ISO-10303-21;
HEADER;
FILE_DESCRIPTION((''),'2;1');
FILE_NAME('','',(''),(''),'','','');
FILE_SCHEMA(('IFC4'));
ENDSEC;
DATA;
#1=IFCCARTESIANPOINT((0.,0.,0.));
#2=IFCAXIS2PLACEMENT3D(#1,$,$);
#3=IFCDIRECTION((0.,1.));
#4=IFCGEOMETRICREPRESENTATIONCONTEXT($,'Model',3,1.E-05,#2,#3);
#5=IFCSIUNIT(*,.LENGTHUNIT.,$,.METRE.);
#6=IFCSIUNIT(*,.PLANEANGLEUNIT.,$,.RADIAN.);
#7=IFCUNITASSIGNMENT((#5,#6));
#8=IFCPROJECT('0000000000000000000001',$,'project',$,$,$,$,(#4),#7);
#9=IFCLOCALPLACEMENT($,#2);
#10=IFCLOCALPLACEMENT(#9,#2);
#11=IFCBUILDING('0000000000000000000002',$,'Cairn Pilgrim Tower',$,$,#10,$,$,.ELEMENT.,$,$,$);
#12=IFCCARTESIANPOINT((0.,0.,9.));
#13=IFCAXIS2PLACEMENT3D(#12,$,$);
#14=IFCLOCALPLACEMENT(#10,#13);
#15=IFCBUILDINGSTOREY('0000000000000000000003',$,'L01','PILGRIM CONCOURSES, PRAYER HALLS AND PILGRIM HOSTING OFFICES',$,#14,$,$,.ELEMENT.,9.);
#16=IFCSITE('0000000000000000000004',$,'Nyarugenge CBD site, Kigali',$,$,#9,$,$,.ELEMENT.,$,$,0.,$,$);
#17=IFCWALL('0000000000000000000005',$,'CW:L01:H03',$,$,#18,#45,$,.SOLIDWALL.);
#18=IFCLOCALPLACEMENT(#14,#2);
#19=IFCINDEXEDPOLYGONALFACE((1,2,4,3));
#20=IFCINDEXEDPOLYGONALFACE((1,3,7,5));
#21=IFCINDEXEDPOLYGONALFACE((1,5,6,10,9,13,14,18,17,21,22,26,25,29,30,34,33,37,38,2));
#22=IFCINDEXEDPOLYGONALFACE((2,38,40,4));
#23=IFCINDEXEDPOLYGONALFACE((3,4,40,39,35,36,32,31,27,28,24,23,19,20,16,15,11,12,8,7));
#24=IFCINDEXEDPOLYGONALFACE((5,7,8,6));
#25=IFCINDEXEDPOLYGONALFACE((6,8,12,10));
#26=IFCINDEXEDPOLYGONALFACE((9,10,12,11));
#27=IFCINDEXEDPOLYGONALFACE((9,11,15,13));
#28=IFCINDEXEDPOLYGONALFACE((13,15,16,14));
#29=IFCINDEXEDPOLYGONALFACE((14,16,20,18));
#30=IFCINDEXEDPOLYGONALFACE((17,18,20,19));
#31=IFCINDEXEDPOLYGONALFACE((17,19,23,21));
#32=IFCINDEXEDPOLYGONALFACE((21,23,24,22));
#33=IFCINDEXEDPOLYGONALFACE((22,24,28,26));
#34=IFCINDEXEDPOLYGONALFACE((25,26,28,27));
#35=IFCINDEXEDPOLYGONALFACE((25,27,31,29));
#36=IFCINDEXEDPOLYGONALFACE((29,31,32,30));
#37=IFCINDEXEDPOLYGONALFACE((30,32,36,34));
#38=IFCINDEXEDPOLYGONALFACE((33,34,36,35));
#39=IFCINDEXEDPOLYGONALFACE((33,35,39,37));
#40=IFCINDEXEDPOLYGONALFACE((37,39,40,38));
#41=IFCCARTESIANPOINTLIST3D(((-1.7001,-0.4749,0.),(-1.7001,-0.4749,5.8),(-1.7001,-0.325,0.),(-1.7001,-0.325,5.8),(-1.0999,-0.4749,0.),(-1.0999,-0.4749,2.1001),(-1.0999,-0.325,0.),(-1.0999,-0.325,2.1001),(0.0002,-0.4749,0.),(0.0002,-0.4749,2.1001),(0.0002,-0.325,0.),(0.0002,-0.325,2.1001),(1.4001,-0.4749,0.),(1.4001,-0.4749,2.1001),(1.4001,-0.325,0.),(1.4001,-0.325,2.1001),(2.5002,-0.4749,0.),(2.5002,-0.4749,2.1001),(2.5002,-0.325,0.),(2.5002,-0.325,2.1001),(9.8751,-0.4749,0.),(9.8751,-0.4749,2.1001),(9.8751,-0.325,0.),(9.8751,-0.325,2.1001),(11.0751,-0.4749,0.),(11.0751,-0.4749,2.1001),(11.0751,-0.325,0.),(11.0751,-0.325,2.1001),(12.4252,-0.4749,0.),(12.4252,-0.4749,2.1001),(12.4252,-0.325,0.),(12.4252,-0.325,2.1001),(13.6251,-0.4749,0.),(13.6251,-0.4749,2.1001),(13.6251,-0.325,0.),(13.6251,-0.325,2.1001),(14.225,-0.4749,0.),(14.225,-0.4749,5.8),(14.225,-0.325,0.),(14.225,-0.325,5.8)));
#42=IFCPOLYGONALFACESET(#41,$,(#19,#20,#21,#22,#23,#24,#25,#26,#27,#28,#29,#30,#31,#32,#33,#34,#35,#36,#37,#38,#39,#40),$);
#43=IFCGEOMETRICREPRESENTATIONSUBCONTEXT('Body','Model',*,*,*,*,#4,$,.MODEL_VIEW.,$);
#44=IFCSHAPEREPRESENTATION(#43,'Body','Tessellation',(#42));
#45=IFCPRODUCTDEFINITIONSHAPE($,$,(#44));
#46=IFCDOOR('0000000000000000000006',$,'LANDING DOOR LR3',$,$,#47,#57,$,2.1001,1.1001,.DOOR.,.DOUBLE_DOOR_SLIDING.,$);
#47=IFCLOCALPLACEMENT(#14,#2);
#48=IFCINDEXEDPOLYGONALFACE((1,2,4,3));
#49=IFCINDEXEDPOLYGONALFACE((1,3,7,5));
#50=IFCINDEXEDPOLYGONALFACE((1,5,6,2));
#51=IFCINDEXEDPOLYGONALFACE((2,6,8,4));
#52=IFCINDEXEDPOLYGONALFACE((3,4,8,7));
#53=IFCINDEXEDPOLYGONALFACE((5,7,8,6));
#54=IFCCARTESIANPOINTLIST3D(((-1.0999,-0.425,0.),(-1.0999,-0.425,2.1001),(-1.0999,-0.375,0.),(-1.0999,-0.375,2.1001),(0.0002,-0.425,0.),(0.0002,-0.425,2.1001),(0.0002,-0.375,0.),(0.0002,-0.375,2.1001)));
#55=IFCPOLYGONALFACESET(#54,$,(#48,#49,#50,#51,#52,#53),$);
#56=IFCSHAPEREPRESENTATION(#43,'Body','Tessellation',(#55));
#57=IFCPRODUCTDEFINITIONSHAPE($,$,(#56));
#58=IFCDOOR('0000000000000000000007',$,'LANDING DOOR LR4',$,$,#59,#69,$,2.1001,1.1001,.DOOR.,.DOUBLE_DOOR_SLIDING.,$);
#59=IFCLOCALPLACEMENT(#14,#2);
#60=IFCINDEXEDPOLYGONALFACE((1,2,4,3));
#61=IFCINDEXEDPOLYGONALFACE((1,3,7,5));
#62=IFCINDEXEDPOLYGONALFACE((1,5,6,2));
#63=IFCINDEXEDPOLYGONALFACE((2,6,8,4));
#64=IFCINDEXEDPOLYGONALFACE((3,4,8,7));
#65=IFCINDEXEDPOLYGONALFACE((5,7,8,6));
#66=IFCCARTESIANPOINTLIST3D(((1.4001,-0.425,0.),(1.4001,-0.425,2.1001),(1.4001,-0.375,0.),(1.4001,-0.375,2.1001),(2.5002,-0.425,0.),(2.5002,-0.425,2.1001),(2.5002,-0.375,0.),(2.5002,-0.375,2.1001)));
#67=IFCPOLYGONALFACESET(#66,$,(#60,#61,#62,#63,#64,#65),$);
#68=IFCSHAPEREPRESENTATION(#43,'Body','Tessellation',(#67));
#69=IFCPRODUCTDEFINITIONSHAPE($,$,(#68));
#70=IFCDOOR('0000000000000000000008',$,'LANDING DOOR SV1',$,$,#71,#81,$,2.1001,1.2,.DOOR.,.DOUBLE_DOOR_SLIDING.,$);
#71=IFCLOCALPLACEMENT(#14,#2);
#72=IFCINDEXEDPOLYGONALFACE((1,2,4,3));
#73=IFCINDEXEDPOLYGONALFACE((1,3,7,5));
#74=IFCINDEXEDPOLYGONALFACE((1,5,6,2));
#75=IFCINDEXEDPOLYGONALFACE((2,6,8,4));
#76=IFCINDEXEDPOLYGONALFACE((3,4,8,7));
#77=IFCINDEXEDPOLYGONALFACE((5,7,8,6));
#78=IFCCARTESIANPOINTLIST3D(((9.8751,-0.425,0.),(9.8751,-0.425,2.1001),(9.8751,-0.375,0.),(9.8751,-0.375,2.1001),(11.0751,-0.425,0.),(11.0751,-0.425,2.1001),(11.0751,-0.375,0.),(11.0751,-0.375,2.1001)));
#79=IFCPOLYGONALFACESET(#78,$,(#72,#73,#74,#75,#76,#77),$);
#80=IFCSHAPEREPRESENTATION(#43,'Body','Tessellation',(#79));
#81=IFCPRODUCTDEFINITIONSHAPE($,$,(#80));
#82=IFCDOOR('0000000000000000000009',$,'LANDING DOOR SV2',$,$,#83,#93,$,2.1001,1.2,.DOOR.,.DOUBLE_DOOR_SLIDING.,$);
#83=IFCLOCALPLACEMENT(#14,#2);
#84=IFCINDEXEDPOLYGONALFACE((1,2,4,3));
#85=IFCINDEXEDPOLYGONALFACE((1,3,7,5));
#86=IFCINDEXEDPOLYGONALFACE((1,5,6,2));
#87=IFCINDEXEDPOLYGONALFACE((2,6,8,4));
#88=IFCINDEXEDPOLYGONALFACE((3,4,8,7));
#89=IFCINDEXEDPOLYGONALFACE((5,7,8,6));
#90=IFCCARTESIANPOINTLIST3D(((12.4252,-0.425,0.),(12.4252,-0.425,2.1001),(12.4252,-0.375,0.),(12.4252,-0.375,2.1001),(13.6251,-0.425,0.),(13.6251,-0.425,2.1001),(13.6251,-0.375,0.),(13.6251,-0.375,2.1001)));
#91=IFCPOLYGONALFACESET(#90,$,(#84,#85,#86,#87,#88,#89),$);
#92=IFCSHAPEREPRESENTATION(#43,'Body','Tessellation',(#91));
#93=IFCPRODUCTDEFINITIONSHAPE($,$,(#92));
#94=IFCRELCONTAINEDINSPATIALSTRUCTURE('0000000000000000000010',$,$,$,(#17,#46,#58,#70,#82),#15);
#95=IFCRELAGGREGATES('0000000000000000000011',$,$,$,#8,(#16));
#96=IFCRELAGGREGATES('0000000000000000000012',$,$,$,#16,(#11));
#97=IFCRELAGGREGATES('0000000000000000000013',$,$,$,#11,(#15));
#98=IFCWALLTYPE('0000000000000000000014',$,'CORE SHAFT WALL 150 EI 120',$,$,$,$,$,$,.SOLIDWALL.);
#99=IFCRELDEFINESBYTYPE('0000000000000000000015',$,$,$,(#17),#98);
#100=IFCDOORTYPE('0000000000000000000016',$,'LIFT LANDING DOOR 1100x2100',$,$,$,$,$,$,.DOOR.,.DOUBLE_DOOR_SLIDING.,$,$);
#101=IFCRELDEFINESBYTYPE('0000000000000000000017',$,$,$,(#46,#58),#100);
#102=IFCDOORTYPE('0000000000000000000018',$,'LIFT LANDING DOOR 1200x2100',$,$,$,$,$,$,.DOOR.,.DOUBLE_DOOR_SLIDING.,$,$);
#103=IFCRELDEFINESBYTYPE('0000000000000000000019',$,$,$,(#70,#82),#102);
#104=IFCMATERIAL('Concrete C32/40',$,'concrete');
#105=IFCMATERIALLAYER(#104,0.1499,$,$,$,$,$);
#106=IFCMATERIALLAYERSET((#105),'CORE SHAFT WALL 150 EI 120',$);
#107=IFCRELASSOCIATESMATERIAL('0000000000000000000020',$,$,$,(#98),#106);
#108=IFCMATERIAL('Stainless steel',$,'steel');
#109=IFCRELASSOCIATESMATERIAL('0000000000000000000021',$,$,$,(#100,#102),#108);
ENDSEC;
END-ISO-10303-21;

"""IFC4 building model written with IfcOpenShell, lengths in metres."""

from ifc_helpers import new_model, si_unit, direction, frame, frame_2d, origin, place, context, subcontext, project, spatial, rectangle, extrude, material, layer, layer_set, type_object, element, fill, save


model = new_model("IFC4")

# Units and contexts
model_context = context("Model", 3, precision=1e-05, world=origin(), true_north=direction((0.0, 1.0)))
body_context = subcontext(model_context, "Body", "Model", "MODEL_VIEW")
ifc_project = project(units=[si_unit("LENGTHUNIT", "METRE"), si_unit("PLANEANGLEUNIT", "RADIAN")], contexts=[model_context])

# Site, building, storey
site_placement = place(None, origin())
site = spatial("IfcSite", under=ifc_project, at=site_placement, Name="Nyarugenge CBD site, Kigali", CompositionType="ELEMENT", RefElevation=0.0)
building_placement = place(site_placement, origin())
building = spatial("IfcBuilding", under=site, at=building_placement, Name="Cairn Pilgrim Tower", CompositionType="ELEMENT")
storey_placement = place(building_placement, frame((0.0, 0.0, 9.0)))
storey = spatial("IfcBuildingStorey", under=building, at=storey_placement, Name="L01", Description="PILGRIM CONCOURSES, PRAYER HALLS AND PILGRIM HOSTING OFFICES", CompositionType="ELEMENT", Elevation=9.0)

# Shared definitions
ifc_material_1 = material(Name="Concrete C32/40", Category="concrete")

# Wall, openings, doors
ifc_layer_1 = layer(ifc_material_1, 0.1499)
ifc_layer_set_1 = layer_set([ifc_layer_1], Name="CORE SHAFT WALL 150 EI 120")
wall_type_1 = type_object("IfcWallType", Name="CORE SHAFT WALL 150 EI 120", PredefinedType="SOLIDWALL", material=ifc_layer_set_1)
ifc_material_2 = material(Name="Stainless steel", Category="steel")
door_type_1 = type_object("IfcDoorType", Name="LIFT LANDING DOOR 1100x2100", OperationType="DOUBLE_DOOR_SLIDING", PredefinedType="DOOR", material=ifc_material_2)
wall_1_placement = place(storey_placement, frame((-1.7, -0.3999, 0.0), z_axis=(0.0, 0.0, 1.0), x_axis=(1.0, 0.0, 0.0)))
wall_1 = element("IfcWall", 1, at=wall_1_placement, inside=storey, type_object=wall_type_1, Name="CW:L01:H03", PredefinedType="SOLIDWALL", context=body_context, shape_type="SweptSolid", body=[
    extrude(rectangle(XDim=15.925, YDim=0.1499, at=frame_2d((7.9624, 0.0))), origin(), (0.0, 0.0, 1.0), 5.8),
])
opening_1_placement = place(wall_1_placement, frame((0.6001, 0.0, 0.0)))
opening_1 = element("IfcOpeningElement", 2, at=opening_1_placement, cuts=wall_1, PredefinedType="OPENING", context=body_context, shape_type="SweptSolid", body=[
    extrude(rectangle(XDim=1.1001, YDim=2.1001, at=frame_2d((0.55, 1.05))), frame((0.0, 0.085, 0.0), z_axis=(0.0, -1.0, 0.0), x_axis=(1.0, 0.0, 0.0)), (0.0, 0.0, 1.0), 0.1699),
])
opening_2_placement = place(wall_1_placement, frame((3.1001, 0.0, 0.0)))
opening_2 = element("IfcOpeningElement", 3, at=opening_2_placement, cuts=wall_1, PredefinedType="OPENING", context=body_context, shape_type="SweptSolid", body=[
    extrude(rectangle(XDim=1.1001, YDim=2.1001, at=frame_2d((0.55, 1.05))), frame((0.0, 0.085, 0.0), z_axis=(0.0, -1.0, 0.0), x_axis=(1.0, 0.0, 0.0)), (0.0, 0.0, 1.0), 0.1699),
])
opening_3_placement = place(wall_1_placement, frame((11.575, 0.0, 0.0)))
opening_3 = element("IfcOpeningElement", 4, at=opening_3_placement, cuts=wall_1, PredefinedType="OPENING", context=body_context, shape_type="SweptSolid", body=[
    extrude(rectangle(XDim=1.2, YDim=2.1001, at=frame_2d((0.6001, 1.05))), frame((0.0, 0.085, 0.0), z_axis=(0.0, -1.0, 0.0), x_axis=(1.0, 0.0, 0.0)), (0.0, 0.0, 1.0), 0.1699),
])
opening_4_placement = place(wall_1_placement, frame((14.125, 0.0, 0.0)))
opening_4 = element("IfcOpeningElement", 5, at=opening_4_placement, cuts=wall_1, PredefinedType="OPENING", context=body_context, shape_type="SweptSolid", body=[
    extrude(rectangle(XDim=1.2, YDim=2.1001, at=frame_2d((0.6001, 1.05))), frame((0.0, 0.085, 0.0), z_axis=(0.0, -1.0, 0.0), x_axis=(1.0, 0.0, 0.0)), (0.0, 0.0, 1.0), 0.1699),
])
door_1_placement = place(opening_1_placement, origin())
door_1 = element("IfcDoor", 6, at=door_1_placement, inside=storey, type_object=door_type_1, Name="LANDING DOOR LR3", OperationType="DOUBLE_DOOR_SLIDING", OverallHeight=2.1001, OverallWidth=1.1001, PredefinedType="DOOR", context=body_context, shape_type="SweptSolid", body=[
    extrude(rectangle(XDim=1.1001, YDim=2.1001, at=frame_2d((0.55, 1.05))), frame((0.0, 0.0249, 0.0), z_axis=(0.0, -1.0, 0.0), x_axis=(1.0, 0.0, 0.0)), (0.0, 0.0, 1.0), 0.05),
])
fill(opening_1, door_1)
door_2_placement = place(opening_2_placement, origin())
door_2 = element("IfcDoor", 7, at=door_2_placement, inside=storey, type_object=door_type_1, Name="LANDING DOOR LR4", OperationType="DOUBLE_DOOR_SLIDING", OverallHeight=2.1001, OverallWidth=1.1001, PredefinedType="DOOR", context=body_context, shape_type="SweptSolid", body=[
    extrude(rectangle(XDim=1.1001, YDim=2.1001, at=frame_2d((0.55, 1.05))), frame((0.0, 0.0249, 0.0), z_axis=(0.0, -1.0, 0.0), x_axis=(1.0, 0.0, 0.0)), (0.0, 0.0, 1.0), 0.05),
])
fill(opening_2, door_2)
door_type_2 = type_object("IfcDoorType", Name="LIFT LANDING DOOR 1200x2100", OperationType="DOUBLE_DOOR_SLIDING", PredefinedType="DOOR", material=ifc_material_2)
door_3_placement = place(opening_3_placement, origin())
door_3 = element("IfcDoor", 8, at=door_3_placement, inside=storey, type_object=door_type_2, Name="LANDING DOOR SV1", OperationType="DOUBLE_DOOR_SLIDING", OverallHeight=2.1001, OverallWidth=1.2, PredefinedType="DOOR", context=body_context, shape_type="SweptSolid", body=[
    extrude(rectangle(XDim=1.2, YDim=2.1001, at=frame_2d((0.6001, 1.05))), frame((0.0, 0.0249, 0.0), z_axis=(0.0, -1.0, 0.0), x_axis=(1.0, 0.0, 0.0)), (0.0, 0.0, 1.0), 0.05),
])
fill(opening_3, door_3)
door_4_placement = place(opening_4_placement, origin())
door_4 = element("IfcDoor", 9, at=door_4_placement, inside=storey, type_object=door_type_2, Name="LANDING DOOR SV2", OperationType="DOUBLE_DOOR_SLIDING", OverallHeight=2.1001, OverallWidth=1.2, PredefinedType="DOOR", context=body_context, shape_type="SweptSolid", body=[
    extrude(rectangle(XDim=1.2, YDim=2.1001, at=frame_2d((0.6001, 1.05))), frame((0.0, 0.0249, 0.0), z_axis=(0.0, -1.0, 0.0), x_axis=(1.0, 0.0, 0.0)), (0.0, 0.0, 1.0), 0.05),
])
fill(opening_4, door_4)

save(model, "model.ifc")
